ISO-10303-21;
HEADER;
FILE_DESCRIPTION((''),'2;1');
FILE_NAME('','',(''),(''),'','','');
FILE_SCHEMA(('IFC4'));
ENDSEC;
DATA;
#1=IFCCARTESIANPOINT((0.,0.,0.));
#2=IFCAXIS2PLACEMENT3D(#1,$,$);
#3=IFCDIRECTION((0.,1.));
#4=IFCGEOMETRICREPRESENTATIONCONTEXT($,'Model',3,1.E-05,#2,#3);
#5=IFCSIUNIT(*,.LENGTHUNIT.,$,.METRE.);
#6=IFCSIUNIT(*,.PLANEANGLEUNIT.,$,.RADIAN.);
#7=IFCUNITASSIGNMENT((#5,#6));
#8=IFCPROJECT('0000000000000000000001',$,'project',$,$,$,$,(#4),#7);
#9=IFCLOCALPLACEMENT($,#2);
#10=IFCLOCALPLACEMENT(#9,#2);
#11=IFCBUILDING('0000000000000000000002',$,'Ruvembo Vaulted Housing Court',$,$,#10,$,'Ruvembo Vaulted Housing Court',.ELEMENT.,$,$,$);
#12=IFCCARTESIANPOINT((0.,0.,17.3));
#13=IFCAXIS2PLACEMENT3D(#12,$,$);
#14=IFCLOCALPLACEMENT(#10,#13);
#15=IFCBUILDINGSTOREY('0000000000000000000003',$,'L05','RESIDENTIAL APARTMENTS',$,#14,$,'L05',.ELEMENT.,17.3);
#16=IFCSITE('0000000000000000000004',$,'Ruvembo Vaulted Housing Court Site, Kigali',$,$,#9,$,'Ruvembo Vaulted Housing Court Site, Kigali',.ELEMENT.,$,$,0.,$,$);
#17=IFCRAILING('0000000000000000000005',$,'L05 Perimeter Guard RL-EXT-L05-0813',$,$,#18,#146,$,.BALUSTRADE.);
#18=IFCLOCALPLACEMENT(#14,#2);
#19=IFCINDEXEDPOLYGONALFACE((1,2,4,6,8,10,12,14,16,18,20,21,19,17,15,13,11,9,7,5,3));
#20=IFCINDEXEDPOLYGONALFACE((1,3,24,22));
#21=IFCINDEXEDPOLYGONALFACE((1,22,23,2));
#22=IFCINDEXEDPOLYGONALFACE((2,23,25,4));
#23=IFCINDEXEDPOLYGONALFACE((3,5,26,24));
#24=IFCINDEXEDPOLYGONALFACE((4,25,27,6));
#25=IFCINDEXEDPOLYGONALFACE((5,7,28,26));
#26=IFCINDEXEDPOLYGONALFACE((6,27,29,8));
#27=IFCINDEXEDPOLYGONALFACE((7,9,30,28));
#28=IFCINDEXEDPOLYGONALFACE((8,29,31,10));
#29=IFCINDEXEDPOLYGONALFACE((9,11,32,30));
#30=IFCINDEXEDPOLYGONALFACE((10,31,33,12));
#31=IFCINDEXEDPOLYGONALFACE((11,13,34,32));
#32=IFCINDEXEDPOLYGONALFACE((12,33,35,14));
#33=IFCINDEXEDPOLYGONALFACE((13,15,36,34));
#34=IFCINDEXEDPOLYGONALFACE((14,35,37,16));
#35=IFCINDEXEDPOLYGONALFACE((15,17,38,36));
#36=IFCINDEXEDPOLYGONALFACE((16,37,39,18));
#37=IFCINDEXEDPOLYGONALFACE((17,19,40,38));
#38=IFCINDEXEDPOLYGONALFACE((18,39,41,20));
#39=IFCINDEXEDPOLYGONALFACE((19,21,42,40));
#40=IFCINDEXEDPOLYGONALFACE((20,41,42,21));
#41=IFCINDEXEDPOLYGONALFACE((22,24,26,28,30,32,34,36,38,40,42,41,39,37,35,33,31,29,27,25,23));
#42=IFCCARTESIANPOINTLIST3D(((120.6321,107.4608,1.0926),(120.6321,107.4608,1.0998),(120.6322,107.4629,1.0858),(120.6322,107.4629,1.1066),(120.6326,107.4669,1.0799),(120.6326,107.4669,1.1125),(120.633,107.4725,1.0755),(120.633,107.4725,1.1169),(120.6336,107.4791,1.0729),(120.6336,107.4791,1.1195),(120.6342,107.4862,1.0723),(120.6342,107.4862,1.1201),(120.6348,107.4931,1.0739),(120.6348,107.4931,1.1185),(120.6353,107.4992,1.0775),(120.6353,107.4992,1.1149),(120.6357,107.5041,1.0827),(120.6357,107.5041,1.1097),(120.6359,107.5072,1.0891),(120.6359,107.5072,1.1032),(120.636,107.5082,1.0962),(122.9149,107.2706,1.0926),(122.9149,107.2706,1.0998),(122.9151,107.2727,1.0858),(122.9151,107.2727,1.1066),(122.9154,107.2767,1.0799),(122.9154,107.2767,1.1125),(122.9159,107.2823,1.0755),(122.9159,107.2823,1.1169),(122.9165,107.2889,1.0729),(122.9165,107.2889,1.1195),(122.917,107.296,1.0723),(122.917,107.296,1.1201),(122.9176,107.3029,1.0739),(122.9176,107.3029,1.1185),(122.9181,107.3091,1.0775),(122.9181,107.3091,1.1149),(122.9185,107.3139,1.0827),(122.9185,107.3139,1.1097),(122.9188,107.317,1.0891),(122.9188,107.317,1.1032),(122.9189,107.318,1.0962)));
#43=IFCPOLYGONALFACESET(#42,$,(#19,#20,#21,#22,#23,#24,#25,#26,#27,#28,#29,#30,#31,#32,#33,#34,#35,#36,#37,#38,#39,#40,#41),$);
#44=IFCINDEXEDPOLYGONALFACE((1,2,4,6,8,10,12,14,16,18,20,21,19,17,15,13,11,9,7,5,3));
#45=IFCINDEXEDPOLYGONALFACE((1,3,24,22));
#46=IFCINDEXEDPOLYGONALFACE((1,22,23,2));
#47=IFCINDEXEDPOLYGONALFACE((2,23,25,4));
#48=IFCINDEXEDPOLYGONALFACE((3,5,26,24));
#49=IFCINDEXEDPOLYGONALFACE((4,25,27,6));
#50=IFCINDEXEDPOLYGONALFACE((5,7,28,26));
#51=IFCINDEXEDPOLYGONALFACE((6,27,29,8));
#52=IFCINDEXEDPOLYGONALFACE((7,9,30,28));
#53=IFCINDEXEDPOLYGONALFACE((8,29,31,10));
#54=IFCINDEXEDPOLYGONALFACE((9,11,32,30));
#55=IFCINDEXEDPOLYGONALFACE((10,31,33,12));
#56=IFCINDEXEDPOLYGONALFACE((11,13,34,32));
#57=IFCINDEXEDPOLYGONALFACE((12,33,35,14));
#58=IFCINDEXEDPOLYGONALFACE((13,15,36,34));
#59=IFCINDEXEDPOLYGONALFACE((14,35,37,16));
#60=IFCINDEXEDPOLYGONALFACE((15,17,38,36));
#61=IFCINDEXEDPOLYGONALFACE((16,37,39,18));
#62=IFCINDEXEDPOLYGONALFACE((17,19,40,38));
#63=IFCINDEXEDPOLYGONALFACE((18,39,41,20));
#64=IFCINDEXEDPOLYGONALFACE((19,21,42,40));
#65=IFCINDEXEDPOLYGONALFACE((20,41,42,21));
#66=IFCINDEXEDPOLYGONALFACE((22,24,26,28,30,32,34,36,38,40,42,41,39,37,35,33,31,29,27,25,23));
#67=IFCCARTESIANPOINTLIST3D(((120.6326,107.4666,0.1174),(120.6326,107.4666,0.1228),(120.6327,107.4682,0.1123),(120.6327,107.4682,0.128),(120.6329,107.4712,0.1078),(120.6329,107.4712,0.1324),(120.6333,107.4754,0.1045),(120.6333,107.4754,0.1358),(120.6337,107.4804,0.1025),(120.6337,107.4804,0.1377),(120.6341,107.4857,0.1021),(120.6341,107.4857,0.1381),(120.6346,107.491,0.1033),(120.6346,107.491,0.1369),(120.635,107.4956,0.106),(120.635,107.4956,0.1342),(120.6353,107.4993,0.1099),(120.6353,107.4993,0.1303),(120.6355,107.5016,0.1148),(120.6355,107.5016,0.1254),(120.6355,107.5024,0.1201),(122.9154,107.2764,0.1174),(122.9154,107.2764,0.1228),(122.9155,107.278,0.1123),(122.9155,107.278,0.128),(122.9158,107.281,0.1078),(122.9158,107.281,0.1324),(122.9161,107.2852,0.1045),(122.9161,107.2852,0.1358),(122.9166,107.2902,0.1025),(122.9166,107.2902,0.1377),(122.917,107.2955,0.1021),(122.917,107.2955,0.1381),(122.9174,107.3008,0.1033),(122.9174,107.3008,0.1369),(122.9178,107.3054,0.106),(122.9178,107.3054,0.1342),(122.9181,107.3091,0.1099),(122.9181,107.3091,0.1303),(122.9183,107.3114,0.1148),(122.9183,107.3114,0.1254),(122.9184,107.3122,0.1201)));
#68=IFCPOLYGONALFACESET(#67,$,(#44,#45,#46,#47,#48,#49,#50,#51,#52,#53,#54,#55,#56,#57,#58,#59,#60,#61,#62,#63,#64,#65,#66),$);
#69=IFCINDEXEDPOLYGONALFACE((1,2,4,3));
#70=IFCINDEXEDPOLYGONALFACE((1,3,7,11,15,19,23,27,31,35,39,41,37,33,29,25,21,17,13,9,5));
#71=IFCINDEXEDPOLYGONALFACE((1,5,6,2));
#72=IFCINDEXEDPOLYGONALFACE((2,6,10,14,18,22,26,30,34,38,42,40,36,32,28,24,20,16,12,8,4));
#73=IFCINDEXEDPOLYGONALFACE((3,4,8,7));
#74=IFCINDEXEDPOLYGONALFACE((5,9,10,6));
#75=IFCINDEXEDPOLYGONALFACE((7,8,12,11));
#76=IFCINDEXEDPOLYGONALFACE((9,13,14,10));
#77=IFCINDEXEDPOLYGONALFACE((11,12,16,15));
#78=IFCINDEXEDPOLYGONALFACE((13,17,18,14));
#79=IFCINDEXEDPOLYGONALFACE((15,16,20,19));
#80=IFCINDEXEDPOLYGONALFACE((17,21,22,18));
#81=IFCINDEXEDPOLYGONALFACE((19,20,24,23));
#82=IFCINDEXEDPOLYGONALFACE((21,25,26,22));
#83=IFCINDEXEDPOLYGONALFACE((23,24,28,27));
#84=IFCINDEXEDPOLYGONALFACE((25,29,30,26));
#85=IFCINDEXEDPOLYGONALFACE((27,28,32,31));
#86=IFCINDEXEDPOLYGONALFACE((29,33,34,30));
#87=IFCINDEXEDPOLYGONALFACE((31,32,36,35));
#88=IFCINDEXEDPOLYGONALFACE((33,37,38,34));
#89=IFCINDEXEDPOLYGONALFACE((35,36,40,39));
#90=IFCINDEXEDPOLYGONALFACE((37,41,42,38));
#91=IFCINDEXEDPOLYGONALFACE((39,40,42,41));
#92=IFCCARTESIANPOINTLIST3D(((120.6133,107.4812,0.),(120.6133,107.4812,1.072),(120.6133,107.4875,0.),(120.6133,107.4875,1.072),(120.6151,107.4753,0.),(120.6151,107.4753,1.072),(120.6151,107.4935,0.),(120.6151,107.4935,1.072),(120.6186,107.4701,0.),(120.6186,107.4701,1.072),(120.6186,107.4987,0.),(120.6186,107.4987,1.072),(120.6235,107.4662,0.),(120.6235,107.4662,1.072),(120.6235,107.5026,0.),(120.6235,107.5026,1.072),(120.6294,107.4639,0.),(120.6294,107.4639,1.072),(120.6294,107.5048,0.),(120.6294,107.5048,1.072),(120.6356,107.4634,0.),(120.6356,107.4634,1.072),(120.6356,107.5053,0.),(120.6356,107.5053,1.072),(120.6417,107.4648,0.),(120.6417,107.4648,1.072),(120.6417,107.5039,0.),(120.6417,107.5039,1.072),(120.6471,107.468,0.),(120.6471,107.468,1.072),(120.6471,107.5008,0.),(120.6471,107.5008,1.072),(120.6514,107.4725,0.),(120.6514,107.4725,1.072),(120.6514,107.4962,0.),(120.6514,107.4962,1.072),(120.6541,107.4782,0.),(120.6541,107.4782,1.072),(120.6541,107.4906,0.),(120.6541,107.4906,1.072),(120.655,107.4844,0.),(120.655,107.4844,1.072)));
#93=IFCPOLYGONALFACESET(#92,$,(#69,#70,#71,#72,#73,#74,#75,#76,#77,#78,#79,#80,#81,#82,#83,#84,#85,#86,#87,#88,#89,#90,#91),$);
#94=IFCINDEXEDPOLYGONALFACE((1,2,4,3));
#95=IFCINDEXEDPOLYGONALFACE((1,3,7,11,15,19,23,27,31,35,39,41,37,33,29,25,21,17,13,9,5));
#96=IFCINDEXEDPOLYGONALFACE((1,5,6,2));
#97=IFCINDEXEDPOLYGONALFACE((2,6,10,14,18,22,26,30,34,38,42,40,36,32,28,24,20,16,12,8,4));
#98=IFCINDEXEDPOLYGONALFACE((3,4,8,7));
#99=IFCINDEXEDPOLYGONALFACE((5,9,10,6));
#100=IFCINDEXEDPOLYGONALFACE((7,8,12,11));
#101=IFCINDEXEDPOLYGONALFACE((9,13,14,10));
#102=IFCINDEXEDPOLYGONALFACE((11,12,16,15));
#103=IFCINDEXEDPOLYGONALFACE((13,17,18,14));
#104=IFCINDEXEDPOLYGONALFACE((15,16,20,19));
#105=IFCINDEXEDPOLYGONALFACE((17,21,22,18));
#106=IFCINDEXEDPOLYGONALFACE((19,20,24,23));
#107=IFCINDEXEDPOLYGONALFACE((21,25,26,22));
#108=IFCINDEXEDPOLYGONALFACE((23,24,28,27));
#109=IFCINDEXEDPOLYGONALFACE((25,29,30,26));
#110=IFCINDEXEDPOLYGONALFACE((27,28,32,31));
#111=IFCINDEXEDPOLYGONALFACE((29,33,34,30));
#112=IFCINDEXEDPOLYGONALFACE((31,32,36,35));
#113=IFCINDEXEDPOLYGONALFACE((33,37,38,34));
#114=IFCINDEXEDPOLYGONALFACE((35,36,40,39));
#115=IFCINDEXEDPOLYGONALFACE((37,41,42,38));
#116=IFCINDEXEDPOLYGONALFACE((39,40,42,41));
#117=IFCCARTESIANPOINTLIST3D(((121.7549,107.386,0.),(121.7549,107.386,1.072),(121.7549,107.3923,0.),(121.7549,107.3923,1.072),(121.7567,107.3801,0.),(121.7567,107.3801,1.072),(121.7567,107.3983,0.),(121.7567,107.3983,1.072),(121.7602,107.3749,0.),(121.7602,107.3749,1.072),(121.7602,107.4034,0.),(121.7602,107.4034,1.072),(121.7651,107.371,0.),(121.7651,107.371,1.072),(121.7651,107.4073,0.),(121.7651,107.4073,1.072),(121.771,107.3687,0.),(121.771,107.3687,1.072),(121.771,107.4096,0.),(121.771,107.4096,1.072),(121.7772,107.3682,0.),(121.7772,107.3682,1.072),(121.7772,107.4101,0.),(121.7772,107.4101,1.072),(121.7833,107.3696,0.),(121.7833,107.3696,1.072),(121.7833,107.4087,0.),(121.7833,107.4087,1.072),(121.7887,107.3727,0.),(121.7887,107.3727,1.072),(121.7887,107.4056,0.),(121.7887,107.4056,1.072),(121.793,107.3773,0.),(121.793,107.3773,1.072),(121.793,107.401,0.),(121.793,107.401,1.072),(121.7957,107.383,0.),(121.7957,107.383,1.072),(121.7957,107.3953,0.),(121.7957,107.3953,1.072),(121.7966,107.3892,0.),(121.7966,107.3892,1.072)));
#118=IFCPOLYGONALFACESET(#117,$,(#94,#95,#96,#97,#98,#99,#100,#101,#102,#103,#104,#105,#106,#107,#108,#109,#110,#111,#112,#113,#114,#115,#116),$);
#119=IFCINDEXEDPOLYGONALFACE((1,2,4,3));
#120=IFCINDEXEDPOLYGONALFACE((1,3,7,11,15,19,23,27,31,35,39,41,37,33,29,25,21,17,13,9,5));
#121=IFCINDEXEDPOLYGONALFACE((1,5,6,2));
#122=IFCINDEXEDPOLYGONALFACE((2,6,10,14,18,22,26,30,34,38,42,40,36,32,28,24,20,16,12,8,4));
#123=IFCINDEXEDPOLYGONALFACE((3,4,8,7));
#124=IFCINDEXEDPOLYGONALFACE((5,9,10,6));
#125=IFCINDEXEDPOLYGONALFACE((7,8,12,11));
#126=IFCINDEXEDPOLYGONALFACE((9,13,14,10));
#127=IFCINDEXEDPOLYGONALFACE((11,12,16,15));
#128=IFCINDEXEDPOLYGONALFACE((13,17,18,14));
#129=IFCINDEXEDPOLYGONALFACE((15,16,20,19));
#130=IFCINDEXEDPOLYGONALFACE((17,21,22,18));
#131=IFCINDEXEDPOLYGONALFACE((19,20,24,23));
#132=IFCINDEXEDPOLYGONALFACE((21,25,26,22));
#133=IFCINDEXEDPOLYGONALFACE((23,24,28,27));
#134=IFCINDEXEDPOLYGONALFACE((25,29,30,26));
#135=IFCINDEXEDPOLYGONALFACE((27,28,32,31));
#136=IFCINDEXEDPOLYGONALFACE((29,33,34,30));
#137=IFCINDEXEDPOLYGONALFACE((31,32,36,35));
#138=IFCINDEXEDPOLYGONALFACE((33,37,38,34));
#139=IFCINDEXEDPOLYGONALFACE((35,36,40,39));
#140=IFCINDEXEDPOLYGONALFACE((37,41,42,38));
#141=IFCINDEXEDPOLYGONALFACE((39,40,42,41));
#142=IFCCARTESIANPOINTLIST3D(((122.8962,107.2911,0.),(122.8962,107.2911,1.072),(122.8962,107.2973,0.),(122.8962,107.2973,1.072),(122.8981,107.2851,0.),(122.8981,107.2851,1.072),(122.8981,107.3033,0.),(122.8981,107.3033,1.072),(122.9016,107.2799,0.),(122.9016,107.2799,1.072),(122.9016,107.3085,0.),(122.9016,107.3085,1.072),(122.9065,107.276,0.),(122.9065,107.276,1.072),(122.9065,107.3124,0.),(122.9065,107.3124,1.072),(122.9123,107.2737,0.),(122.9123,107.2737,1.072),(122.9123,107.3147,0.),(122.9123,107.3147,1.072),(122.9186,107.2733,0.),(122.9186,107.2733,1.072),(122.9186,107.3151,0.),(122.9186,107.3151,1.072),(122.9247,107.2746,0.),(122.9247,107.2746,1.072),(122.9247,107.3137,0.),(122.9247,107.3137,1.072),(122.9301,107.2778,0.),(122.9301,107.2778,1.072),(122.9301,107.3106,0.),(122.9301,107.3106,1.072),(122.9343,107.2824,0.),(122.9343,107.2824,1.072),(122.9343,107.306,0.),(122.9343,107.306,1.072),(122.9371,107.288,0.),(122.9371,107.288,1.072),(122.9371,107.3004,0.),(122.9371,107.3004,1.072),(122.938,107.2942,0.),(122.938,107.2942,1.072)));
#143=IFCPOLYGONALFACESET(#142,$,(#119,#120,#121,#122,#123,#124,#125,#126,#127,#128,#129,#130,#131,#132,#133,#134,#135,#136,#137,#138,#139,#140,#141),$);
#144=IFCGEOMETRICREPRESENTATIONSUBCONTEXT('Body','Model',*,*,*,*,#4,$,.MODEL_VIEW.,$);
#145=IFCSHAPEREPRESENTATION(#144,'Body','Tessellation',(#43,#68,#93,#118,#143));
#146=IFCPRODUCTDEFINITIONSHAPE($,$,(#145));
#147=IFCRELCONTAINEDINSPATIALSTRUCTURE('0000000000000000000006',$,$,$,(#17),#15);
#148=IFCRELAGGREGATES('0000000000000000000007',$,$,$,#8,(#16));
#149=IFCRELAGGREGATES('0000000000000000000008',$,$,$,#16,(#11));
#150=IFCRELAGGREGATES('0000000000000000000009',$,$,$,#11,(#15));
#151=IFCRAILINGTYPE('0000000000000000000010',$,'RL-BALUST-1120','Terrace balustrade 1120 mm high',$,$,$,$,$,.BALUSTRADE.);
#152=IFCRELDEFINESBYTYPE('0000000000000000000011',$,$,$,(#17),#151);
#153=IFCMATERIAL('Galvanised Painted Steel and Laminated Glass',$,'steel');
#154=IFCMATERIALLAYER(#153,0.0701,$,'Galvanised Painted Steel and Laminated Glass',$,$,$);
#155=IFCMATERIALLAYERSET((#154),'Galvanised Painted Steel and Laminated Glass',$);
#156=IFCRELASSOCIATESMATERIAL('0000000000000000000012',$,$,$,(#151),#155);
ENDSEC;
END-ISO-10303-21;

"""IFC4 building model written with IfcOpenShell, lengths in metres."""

from ifc_helpers import new_model, si_unit, direction, frame, origin, origin_2d, place, context, subcontext, project, spatial, circle, extrude, material, layer, layer_set, type_object, element, save


model = new_model("IFC4")

# Units and contexts
model_context = context("Model", 3, precision=1e-05, world=origin(), true_north=direction((0.0, 1.0)))
body_context = subcontext(model_context, "Body", "Model", "MODEL_VIEW")
ifc_project = project(units=[si_unit("LENGTHUNIT", "METRE"), si_unit("PLANEANGLEUNIT", "RADIAN")], contexts=[model_context])

# Site, building, storey
site_placement = place(None, origin())
site = spatial("IfcSite", under=ifc_project, at=site_placement, Name="Ruvembo Vaulted Housing Court Site, Kigali", LongName="Ruvembo Vaulted Housing Court Site, Kigali", CompositionType="ELEMENT", RefElevation=0.0)
building_placement = place(site_placement, origin())
building = spatial("IfcBuilding", under=site, at=building_placement, Name="Ruvembo Vaulted Housing Court", LongName="Ruvembo Vaulted Housing Court", CompositionType="ELEMENT")
storey_placement = place(building_placement, frame((0.0, 0.0, 17.3)))
storey = spatial("IfcBuildingStorey", under=building, at=storey_placement, Name="L05", Description="RESIDENTIAL APARTMENTS", LongName="L05", CompositionType="ELEMENT", Elevation=17.3)

# Railing
ifc_material_1 = material(Name="Galvanised Painted Steel and Laminated Glass", Category="steel")
ifc_layer_1 = layer(ifc_material_1, 0.0701, Name="Galvanised Painted Steel and Laminated Glass")
ifc_layer_set_1 = layer_set([ifc_layer_1], Name="Galvanised Painted Steel and Laminated Glass")
railing_type = type_object("IfcRailingType", Name="RL-BALUST-1120", Description="Terrace balustrade 1120 mm high", PredefinedType="BALUSTRADE", material=ifc_layer_set_1)
railing_1_placement = place(storey_placement, frame((120.634, 107.4844, 0.0)))
element("IfcRailing", 1, at=railing_1_placement, inside=storey, type_object=railing_type, Name="L05 Perimeter Guard RL-EXT-L05-0813", PredefinedType="BALUSTRADE", context=body_context, shape_type="SweptSolid", body=[
    extrude(circle(Radius=0.0239, at=origin_2d()), frame((0.0, 0.0, 1.0962), z_axis=(0.996548, -0.083019, 0.0), x_axis=(0.083019, 0.996548, 0.0)), (0.0, 0.0, 1.0), 2.2908),
    extrude(circle(Radius=0.0181, at=origin_2d()), frame((0.0, 0.0, 0.1201), z_axis=(0.996548, -0.083019, 0.0), x_axis=(0.083019, 0.996548, 0.0)), (0.0, 0.0, 1.0), 2.2908),
    extrude(circle(Radius=0.021, at=origin_2d()), origin(), (0.0, 0.0, 1.0), 1.072),
    extrude(circle(Radius=0.021, at=origin_2d()), frame((1.1416, -0.0952, 0.0)), (0.0, 0.0, 1.0), 1.072),
    extrude(circle(Radius=0.021, at=origin_2d()), frame((2.283, -0.1902, 0.0)), (0.0, 0.0, 1.0), 1.072),
])

save(model, "model.ifc")
